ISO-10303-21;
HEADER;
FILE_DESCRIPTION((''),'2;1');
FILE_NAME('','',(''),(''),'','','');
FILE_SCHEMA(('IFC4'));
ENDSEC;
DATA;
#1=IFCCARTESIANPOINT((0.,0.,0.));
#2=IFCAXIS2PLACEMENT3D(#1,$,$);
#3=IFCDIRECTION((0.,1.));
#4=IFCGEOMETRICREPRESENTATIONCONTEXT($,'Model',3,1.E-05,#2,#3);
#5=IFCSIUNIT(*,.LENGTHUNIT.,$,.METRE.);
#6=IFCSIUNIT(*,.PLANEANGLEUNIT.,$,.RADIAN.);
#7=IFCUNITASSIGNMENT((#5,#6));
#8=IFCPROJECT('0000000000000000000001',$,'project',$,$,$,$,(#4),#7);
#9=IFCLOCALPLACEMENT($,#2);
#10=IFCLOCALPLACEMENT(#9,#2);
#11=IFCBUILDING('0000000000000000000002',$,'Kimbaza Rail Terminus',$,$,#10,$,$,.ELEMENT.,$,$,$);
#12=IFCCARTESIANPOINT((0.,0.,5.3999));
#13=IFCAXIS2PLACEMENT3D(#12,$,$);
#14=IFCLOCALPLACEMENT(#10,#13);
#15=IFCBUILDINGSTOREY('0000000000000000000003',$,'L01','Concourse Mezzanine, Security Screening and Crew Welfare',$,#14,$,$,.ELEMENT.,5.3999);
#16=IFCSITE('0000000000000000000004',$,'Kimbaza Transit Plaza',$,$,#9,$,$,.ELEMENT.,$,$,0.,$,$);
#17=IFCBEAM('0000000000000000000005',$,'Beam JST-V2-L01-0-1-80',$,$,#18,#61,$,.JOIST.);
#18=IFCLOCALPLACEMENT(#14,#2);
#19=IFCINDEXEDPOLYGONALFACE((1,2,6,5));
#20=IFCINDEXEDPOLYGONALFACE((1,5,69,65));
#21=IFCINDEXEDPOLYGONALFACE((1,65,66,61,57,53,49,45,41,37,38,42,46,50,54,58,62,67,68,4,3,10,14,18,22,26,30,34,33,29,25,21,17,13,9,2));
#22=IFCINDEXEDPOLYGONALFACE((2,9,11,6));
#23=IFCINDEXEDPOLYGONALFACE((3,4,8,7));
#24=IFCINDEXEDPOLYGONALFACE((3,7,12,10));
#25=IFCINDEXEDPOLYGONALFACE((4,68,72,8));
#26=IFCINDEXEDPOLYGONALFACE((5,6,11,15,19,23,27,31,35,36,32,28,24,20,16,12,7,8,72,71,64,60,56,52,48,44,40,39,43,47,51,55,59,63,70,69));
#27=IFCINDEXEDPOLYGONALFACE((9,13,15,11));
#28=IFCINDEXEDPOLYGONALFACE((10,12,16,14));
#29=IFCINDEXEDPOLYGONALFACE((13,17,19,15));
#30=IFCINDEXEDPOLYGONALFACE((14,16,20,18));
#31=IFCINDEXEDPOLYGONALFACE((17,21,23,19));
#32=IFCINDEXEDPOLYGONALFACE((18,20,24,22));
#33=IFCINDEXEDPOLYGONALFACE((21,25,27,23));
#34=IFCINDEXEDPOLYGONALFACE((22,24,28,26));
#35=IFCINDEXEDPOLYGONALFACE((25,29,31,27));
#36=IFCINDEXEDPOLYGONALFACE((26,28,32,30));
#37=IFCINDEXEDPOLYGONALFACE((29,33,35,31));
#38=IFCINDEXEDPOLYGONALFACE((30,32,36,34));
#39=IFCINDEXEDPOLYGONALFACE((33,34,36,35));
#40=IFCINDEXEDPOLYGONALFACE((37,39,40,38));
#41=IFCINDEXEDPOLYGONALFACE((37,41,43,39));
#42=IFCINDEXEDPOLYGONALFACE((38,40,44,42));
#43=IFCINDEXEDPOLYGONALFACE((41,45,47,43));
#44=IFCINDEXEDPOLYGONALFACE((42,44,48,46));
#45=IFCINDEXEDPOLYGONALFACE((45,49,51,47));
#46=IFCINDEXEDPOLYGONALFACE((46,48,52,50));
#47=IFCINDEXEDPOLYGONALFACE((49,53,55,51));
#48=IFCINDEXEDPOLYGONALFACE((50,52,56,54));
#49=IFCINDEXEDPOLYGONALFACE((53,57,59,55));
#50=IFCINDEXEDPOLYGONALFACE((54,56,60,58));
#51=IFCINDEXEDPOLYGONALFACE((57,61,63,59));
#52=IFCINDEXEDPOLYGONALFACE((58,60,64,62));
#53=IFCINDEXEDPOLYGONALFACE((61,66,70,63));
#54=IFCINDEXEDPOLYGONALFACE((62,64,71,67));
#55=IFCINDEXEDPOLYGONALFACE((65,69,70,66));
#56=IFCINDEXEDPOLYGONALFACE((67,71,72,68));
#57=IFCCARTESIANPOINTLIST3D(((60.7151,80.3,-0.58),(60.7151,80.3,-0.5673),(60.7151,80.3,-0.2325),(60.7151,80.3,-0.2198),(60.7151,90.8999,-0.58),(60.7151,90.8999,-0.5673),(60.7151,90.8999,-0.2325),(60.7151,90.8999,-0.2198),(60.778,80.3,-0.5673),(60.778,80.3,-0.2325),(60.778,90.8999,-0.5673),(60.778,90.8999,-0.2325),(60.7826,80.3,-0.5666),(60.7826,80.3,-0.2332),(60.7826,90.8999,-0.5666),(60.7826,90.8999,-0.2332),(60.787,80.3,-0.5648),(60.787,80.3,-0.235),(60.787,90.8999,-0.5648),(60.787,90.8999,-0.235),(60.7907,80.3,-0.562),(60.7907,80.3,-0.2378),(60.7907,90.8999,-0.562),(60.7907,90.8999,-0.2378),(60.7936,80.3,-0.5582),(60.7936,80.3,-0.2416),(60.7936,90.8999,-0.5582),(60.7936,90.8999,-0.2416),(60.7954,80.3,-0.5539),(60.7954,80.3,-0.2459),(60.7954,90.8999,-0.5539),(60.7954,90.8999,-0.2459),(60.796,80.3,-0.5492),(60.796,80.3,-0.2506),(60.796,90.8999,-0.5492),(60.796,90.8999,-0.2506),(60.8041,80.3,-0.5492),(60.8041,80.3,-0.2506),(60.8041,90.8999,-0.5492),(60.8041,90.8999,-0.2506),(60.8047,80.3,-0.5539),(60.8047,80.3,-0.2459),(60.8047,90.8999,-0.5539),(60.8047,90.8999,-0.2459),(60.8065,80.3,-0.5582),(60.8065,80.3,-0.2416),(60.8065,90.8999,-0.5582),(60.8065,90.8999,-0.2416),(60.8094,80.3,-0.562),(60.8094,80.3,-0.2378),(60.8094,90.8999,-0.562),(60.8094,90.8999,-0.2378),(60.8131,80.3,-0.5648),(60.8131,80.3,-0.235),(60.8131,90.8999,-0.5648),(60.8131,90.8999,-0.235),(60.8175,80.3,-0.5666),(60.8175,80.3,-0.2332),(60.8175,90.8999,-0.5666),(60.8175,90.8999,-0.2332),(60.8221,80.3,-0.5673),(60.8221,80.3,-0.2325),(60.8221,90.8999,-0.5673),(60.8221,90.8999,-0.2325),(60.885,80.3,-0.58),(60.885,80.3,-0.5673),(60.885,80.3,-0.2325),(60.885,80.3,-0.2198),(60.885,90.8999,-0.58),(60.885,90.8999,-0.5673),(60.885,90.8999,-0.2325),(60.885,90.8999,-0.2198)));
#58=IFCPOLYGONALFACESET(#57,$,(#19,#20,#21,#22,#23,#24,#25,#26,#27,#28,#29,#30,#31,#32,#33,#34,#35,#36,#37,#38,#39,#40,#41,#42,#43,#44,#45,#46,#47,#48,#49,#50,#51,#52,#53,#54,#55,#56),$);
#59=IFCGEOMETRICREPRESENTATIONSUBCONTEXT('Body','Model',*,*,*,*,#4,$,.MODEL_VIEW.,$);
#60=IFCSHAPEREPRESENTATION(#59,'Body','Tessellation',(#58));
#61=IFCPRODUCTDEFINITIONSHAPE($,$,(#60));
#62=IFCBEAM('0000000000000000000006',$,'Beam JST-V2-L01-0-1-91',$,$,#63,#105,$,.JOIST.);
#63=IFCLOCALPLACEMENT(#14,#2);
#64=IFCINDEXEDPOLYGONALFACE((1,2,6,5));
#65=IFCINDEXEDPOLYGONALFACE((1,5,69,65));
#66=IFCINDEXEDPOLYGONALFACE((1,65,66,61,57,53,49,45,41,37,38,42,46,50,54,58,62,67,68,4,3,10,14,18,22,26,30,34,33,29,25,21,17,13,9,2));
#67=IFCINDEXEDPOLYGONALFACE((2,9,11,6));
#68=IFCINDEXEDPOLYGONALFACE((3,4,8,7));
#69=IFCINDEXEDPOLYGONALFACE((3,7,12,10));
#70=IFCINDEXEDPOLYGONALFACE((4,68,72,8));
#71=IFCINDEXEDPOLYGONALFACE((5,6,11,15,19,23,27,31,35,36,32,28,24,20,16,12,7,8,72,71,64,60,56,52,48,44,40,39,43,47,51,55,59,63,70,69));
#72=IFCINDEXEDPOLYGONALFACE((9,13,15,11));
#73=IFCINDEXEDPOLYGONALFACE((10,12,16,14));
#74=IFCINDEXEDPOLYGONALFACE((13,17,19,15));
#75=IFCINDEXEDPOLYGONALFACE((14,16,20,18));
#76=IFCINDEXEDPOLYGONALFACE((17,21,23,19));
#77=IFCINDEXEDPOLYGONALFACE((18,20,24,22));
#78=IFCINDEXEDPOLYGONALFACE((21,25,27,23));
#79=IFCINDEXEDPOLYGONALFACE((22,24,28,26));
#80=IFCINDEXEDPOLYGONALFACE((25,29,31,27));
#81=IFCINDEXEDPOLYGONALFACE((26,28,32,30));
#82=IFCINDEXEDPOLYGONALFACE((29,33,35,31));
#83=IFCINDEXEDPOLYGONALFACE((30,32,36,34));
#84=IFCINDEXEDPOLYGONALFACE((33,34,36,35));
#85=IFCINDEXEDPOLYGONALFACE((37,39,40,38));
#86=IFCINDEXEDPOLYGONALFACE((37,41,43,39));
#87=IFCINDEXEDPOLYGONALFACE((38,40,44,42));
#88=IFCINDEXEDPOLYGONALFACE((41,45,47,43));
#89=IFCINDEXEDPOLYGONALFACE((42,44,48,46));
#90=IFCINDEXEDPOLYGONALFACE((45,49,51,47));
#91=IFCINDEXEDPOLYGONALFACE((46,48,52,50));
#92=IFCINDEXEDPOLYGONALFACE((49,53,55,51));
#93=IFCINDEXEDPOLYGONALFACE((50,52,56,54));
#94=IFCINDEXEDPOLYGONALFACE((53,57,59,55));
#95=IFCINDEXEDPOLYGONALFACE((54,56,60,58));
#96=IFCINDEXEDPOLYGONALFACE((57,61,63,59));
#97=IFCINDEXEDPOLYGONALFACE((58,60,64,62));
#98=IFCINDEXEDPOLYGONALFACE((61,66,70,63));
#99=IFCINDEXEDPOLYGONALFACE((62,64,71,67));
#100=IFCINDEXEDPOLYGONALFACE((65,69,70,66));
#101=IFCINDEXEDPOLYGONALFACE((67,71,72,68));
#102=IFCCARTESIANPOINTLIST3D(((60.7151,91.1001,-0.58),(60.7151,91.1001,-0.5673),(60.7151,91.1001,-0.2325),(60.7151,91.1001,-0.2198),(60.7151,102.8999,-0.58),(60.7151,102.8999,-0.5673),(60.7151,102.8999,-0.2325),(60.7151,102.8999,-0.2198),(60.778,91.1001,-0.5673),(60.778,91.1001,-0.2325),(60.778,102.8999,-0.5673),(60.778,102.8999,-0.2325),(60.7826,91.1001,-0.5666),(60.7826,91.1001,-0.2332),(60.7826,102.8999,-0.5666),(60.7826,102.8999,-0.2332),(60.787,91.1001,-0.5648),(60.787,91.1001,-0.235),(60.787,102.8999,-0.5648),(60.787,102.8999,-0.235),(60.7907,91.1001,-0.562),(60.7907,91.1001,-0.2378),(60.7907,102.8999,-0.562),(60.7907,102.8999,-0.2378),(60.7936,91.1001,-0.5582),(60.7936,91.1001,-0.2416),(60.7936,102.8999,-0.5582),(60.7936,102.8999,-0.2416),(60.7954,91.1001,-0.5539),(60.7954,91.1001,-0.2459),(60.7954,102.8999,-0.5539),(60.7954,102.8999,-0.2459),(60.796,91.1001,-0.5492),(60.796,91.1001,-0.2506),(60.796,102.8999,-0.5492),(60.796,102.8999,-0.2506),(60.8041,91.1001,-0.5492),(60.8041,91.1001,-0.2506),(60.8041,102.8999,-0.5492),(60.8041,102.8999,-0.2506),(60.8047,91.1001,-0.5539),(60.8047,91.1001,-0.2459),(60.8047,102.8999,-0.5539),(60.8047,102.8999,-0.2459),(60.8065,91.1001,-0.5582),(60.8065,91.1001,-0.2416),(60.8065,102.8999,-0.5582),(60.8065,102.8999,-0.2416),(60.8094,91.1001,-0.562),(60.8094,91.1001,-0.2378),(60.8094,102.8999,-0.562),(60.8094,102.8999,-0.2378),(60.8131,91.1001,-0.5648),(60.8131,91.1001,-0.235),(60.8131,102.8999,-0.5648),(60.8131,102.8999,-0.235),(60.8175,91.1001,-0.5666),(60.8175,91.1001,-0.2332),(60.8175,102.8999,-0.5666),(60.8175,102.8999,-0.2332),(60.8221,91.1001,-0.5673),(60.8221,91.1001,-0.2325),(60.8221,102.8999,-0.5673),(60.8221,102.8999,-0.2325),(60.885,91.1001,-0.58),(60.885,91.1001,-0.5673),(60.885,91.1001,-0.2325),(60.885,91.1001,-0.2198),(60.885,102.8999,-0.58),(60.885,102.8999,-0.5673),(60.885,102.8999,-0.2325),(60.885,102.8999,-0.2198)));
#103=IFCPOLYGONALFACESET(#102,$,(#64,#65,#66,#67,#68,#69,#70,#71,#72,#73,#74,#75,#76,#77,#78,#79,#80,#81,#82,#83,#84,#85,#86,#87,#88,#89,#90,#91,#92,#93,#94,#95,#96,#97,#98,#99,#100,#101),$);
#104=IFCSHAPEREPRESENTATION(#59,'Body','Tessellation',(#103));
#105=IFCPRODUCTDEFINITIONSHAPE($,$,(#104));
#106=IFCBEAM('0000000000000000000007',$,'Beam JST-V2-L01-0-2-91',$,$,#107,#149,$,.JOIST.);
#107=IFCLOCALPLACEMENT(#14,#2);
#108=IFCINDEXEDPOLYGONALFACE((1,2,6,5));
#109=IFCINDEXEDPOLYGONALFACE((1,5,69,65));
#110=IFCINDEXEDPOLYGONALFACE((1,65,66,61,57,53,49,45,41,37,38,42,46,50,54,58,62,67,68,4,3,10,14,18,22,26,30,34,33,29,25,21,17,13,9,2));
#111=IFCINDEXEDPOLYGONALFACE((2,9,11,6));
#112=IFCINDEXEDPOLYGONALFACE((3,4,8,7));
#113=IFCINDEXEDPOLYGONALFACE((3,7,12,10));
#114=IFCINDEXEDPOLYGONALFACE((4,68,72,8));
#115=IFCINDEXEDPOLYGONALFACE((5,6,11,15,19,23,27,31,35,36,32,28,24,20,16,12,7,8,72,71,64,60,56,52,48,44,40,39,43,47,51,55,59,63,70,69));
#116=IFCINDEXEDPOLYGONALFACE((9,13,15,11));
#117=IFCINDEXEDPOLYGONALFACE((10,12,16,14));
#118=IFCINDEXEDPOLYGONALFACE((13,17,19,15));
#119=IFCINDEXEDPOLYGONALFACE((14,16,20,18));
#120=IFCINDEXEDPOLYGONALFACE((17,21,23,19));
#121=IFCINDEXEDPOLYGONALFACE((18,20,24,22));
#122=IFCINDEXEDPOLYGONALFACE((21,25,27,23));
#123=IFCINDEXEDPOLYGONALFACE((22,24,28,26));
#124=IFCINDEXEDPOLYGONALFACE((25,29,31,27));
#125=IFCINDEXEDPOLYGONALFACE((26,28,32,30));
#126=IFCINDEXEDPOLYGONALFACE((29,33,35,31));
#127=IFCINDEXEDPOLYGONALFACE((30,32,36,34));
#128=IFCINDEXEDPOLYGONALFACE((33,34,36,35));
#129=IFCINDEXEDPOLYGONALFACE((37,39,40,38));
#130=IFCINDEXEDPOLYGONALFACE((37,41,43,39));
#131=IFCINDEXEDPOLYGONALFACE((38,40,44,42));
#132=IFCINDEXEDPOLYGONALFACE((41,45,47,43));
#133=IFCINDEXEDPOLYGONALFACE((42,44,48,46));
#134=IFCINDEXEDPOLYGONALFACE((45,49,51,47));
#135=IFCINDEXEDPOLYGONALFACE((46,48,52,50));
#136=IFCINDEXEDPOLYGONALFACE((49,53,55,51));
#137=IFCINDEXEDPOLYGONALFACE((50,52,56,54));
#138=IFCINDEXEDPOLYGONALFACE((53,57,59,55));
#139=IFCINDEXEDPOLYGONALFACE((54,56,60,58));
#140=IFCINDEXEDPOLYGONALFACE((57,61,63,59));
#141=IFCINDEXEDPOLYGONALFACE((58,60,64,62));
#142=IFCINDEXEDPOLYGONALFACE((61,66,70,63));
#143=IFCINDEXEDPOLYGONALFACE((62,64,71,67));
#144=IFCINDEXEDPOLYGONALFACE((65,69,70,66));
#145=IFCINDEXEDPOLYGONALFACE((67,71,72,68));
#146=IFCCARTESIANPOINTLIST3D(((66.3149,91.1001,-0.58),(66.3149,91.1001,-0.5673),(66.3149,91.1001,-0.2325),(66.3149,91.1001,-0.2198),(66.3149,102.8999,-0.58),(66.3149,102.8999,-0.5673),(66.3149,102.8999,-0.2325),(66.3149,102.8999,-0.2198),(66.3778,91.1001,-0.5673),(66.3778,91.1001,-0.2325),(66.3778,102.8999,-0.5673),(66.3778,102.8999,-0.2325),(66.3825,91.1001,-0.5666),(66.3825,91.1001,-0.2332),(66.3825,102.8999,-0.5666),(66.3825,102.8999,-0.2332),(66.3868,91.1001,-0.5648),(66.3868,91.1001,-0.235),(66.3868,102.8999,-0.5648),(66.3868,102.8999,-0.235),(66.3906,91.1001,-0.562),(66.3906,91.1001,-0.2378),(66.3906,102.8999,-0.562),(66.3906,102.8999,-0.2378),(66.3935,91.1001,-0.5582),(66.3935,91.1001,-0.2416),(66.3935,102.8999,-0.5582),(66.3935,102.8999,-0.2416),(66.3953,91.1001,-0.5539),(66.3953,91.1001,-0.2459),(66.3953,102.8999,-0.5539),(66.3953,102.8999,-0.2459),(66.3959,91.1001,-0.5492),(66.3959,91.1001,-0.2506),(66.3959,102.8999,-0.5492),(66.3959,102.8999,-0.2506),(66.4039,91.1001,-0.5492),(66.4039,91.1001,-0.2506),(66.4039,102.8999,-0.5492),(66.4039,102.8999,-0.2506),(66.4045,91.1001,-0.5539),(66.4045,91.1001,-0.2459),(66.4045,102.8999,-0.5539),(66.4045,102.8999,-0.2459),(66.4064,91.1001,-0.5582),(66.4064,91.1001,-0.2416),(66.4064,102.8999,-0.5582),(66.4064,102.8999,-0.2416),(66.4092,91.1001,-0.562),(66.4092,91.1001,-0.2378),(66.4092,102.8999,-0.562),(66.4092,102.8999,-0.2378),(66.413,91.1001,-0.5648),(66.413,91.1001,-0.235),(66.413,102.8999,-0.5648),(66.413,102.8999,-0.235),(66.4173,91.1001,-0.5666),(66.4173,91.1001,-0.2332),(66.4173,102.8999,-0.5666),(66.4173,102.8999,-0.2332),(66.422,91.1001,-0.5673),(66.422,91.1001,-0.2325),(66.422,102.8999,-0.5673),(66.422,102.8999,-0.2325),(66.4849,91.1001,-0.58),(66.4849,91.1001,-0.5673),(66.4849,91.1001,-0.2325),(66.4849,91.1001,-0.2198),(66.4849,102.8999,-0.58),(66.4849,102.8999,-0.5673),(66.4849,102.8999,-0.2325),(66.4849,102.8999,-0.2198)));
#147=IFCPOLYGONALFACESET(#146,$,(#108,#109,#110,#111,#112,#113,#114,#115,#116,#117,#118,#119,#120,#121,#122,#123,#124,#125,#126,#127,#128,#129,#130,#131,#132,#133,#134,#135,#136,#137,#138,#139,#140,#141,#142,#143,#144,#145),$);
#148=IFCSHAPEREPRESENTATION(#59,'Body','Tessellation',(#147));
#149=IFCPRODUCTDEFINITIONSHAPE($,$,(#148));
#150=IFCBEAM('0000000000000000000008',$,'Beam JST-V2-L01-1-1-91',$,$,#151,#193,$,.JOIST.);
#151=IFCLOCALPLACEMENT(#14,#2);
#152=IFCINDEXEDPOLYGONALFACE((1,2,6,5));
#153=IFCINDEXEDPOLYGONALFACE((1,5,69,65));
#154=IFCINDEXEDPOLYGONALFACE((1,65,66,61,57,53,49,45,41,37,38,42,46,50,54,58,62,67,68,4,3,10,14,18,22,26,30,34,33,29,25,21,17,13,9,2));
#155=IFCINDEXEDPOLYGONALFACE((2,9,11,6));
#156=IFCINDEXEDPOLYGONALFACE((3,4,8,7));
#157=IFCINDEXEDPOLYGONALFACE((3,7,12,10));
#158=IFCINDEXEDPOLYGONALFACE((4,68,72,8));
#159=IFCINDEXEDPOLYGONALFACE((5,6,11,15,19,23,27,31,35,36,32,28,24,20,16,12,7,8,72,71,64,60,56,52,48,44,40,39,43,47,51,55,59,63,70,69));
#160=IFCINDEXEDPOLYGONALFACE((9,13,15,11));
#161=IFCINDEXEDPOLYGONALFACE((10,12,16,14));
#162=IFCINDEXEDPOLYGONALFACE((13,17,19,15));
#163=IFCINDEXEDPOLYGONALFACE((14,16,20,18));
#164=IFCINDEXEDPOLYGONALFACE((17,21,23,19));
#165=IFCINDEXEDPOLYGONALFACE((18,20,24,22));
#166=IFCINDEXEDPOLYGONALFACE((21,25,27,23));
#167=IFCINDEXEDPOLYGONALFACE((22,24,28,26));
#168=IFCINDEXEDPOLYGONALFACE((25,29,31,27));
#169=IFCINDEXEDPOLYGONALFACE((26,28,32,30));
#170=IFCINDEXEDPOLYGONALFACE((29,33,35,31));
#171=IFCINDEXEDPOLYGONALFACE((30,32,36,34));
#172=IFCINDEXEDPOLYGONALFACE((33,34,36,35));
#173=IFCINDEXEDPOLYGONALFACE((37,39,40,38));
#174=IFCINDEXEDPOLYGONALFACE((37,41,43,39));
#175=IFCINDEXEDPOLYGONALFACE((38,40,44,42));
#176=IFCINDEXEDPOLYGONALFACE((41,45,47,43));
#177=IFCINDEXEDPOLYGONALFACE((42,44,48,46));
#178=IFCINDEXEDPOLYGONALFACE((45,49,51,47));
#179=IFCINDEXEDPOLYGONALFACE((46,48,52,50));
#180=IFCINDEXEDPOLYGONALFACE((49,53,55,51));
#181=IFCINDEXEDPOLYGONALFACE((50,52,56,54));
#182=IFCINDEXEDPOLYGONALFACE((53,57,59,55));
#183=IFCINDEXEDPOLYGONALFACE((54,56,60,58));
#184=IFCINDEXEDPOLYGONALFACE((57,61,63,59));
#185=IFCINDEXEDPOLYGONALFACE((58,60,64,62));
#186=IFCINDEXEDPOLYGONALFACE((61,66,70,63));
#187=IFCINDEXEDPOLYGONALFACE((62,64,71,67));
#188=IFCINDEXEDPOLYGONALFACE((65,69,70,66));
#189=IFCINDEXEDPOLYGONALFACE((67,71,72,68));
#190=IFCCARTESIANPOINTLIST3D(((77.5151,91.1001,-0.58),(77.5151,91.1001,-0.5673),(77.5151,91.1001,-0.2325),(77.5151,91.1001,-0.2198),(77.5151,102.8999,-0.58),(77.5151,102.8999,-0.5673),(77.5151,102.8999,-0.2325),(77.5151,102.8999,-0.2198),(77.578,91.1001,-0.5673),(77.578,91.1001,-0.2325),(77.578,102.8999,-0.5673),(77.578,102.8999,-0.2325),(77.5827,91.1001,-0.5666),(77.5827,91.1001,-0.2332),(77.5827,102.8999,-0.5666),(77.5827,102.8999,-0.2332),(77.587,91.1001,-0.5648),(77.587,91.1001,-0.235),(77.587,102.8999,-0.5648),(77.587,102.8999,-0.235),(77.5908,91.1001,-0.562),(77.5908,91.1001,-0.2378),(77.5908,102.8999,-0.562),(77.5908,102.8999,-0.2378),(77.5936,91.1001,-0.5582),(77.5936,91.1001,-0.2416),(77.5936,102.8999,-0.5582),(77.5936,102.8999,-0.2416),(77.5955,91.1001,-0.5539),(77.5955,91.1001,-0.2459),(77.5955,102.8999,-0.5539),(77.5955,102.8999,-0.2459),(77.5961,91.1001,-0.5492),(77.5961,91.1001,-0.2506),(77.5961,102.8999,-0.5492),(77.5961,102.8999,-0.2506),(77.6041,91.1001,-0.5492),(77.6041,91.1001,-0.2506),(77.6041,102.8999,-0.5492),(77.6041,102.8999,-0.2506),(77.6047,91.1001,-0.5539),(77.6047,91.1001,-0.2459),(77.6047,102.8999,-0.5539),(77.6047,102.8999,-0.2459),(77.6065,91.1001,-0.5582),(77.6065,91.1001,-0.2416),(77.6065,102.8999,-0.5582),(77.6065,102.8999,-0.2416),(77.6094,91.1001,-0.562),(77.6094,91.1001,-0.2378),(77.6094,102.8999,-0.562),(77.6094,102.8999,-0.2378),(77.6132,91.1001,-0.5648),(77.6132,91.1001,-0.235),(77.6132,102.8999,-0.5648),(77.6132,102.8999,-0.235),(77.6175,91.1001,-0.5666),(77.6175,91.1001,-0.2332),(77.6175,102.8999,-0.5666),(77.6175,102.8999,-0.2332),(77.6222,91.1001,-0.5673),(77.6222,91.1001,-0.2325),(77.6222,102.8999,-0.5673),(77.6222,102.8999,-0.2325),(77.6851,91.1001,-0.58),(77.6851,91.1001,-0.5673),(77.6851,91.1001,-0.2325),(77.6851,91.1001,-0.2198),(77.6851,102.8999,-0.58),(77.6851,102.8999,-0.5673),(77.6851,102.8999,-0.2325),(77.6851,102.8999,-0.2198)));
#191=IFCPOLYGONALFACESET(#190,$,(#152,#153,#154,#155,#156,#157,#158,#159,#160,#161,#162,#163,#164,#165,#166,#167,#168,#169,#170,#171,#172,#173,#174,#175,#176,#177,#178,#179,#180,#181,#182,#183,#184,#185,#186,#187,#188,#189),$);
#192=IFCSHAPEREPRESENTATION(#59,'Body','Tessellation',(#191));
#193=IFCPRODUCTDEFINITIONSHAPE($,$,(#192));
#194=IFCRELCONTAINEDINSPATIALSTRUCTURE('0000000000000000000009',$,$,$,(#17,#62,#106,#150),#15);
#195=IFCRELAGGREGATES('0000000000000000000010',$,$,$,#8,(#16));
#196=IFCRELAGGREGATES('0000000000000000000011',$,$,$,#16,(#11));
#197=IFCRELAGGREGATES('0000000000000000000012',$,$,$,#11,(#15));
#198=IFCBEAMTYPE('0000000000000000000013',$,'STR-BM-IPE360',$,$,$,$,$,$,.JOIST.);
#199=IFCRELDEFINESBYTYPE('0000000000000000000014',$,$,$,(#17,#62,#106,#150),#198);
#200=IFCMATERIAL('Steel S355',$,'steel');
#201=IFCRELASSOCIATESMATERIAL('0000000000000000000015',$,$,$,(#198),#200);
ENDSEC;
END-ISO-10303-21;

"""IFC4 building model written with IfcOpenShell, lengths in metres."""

from ifc_helpers import new_model, si_unit, direction, frame, origin, origin_2d, place, context, subcontext, project, spatial, i_section, extrude, material, material_profile, profile_set, type_object, element, save


model = new_model("IFC4")

# Units and contexts
model_context = context("Model", 3, precision=1e-05, world=origin(), true_north=direction((0.0, 1.0)))
body_context = subcontext(model_context, "Body", "Model", "MODEL_VIEW")
ifc_project = project(units=[si_unit("LENGTHUNIT", "METRE"), si_unit("PLANEANGLEUNIT", "RADIAN")], contexts=[model_context])

# Site, building, storey
site_placement = place(None, origin())
site = spatial("IfcSite", under=ifc_project, at=site_placement, Name="Kimbaza Transit Plaza", CompositionType="ELEMENT", RefElevation=0.0)
building_placement = place(site_placement, origin())
building = spatial("IfcBuilding", under=site, at=building_placement, Name="Kimbaza Rail Terminus", CompositionType="ELEMENT")
storey_placement = place(building_placement, frame((0.0, 0.0, 5.3999)))
storey = spatial("IfcBuildingStorey", under=building, at=storey_placement, Name="L01", Description="Concourse Mezzanine, Security Screening and Crew Welfare", CompositionType="ELEMENT", Elevation=5.3999)

# Beams
ifc_material_1 = material(Name="Steel S355", Category="steel")
ifc_material_profile_1 = material_profile(ifc_material_1, i_section(OverallWidth=0.1699, OverallDepth=0.3601, WebThickness=0.0081, FlangeThickness=0.0127, FilletRadius=0.0181, at=origin_2d()), Name="IPE 360")
ifc_profile_set_1 = profile_set([ifc_material_profile_1], Name="Steel S355")
beam_type_1 = type_object("IfcBeamType", Name="STR-BM-IPE360", PredefinedType="JOIST", material=ifc_profile_set_1)
beam_1_placement = place(storey_placement, frame((60.8, 80.3, -0.3999), z_axis=(0.0, 1.0, 0.0), x_axis=(-1.0, 0.0, 0.0)))
element("IfcBeam", 1, at=beam_1_placement, inside=storey, type_object=beam_type_1, Name="Beam JST-V2-L01-0-1-80", PredefinedType="JOIST", context=body_context, shape_type="SweptSolid", body=[
    extrude(i_section(OverallWidth=0.1699, OverallDepth=0.3601, WebThickness=0.0081, FlangeThickness=0.0127, FilletRadius=0.0181, at=origin_2d()), origin(), (0.0, 0.0, 1.0), 10.5999),
])
for number, where, z_axis, x_axis, name in (
    (2, (60.8, 91.1001, -0.3999), (0.0, 1.0, 0.0), (-1.0, 0.0, 0.0), "Beam JST-V2-L01-0-1-91"),
    (3, (66.3999, 91.1001, -0.3999), (0.0, 1.0, 0.0), (-1.0, 0.0, 0.0), "Beam JST-V2-L01-0-2-91"),
    (4, (77.6001, 91.1001, -0.3999), (0.0, 1.0, 0.0), (-1.0, 0.0, 0.0), "Beam JST-V2-L01-1-1-91"),
):
    element("IfcBeam", number, at=place(storey_placement, frame(where, z_axis=z_axis, x_axis=x_axis)), inside=storey, type_object=beam_type_1, Name=name, PredefinedType="JOIST", context=body_context, shape_type="SweptSolid", body=[
        extrude(i_section(OverallWidth=0.1699, OverallDepth=0.3601, WebThickness=0.0081, FlangeThickness=0.0127, FilletRadius=0.0181, at=origin_2d()), origin(), (0.0, 0.0, 1.0), 11.7998),
    ])

save(model, "model.ifc")
